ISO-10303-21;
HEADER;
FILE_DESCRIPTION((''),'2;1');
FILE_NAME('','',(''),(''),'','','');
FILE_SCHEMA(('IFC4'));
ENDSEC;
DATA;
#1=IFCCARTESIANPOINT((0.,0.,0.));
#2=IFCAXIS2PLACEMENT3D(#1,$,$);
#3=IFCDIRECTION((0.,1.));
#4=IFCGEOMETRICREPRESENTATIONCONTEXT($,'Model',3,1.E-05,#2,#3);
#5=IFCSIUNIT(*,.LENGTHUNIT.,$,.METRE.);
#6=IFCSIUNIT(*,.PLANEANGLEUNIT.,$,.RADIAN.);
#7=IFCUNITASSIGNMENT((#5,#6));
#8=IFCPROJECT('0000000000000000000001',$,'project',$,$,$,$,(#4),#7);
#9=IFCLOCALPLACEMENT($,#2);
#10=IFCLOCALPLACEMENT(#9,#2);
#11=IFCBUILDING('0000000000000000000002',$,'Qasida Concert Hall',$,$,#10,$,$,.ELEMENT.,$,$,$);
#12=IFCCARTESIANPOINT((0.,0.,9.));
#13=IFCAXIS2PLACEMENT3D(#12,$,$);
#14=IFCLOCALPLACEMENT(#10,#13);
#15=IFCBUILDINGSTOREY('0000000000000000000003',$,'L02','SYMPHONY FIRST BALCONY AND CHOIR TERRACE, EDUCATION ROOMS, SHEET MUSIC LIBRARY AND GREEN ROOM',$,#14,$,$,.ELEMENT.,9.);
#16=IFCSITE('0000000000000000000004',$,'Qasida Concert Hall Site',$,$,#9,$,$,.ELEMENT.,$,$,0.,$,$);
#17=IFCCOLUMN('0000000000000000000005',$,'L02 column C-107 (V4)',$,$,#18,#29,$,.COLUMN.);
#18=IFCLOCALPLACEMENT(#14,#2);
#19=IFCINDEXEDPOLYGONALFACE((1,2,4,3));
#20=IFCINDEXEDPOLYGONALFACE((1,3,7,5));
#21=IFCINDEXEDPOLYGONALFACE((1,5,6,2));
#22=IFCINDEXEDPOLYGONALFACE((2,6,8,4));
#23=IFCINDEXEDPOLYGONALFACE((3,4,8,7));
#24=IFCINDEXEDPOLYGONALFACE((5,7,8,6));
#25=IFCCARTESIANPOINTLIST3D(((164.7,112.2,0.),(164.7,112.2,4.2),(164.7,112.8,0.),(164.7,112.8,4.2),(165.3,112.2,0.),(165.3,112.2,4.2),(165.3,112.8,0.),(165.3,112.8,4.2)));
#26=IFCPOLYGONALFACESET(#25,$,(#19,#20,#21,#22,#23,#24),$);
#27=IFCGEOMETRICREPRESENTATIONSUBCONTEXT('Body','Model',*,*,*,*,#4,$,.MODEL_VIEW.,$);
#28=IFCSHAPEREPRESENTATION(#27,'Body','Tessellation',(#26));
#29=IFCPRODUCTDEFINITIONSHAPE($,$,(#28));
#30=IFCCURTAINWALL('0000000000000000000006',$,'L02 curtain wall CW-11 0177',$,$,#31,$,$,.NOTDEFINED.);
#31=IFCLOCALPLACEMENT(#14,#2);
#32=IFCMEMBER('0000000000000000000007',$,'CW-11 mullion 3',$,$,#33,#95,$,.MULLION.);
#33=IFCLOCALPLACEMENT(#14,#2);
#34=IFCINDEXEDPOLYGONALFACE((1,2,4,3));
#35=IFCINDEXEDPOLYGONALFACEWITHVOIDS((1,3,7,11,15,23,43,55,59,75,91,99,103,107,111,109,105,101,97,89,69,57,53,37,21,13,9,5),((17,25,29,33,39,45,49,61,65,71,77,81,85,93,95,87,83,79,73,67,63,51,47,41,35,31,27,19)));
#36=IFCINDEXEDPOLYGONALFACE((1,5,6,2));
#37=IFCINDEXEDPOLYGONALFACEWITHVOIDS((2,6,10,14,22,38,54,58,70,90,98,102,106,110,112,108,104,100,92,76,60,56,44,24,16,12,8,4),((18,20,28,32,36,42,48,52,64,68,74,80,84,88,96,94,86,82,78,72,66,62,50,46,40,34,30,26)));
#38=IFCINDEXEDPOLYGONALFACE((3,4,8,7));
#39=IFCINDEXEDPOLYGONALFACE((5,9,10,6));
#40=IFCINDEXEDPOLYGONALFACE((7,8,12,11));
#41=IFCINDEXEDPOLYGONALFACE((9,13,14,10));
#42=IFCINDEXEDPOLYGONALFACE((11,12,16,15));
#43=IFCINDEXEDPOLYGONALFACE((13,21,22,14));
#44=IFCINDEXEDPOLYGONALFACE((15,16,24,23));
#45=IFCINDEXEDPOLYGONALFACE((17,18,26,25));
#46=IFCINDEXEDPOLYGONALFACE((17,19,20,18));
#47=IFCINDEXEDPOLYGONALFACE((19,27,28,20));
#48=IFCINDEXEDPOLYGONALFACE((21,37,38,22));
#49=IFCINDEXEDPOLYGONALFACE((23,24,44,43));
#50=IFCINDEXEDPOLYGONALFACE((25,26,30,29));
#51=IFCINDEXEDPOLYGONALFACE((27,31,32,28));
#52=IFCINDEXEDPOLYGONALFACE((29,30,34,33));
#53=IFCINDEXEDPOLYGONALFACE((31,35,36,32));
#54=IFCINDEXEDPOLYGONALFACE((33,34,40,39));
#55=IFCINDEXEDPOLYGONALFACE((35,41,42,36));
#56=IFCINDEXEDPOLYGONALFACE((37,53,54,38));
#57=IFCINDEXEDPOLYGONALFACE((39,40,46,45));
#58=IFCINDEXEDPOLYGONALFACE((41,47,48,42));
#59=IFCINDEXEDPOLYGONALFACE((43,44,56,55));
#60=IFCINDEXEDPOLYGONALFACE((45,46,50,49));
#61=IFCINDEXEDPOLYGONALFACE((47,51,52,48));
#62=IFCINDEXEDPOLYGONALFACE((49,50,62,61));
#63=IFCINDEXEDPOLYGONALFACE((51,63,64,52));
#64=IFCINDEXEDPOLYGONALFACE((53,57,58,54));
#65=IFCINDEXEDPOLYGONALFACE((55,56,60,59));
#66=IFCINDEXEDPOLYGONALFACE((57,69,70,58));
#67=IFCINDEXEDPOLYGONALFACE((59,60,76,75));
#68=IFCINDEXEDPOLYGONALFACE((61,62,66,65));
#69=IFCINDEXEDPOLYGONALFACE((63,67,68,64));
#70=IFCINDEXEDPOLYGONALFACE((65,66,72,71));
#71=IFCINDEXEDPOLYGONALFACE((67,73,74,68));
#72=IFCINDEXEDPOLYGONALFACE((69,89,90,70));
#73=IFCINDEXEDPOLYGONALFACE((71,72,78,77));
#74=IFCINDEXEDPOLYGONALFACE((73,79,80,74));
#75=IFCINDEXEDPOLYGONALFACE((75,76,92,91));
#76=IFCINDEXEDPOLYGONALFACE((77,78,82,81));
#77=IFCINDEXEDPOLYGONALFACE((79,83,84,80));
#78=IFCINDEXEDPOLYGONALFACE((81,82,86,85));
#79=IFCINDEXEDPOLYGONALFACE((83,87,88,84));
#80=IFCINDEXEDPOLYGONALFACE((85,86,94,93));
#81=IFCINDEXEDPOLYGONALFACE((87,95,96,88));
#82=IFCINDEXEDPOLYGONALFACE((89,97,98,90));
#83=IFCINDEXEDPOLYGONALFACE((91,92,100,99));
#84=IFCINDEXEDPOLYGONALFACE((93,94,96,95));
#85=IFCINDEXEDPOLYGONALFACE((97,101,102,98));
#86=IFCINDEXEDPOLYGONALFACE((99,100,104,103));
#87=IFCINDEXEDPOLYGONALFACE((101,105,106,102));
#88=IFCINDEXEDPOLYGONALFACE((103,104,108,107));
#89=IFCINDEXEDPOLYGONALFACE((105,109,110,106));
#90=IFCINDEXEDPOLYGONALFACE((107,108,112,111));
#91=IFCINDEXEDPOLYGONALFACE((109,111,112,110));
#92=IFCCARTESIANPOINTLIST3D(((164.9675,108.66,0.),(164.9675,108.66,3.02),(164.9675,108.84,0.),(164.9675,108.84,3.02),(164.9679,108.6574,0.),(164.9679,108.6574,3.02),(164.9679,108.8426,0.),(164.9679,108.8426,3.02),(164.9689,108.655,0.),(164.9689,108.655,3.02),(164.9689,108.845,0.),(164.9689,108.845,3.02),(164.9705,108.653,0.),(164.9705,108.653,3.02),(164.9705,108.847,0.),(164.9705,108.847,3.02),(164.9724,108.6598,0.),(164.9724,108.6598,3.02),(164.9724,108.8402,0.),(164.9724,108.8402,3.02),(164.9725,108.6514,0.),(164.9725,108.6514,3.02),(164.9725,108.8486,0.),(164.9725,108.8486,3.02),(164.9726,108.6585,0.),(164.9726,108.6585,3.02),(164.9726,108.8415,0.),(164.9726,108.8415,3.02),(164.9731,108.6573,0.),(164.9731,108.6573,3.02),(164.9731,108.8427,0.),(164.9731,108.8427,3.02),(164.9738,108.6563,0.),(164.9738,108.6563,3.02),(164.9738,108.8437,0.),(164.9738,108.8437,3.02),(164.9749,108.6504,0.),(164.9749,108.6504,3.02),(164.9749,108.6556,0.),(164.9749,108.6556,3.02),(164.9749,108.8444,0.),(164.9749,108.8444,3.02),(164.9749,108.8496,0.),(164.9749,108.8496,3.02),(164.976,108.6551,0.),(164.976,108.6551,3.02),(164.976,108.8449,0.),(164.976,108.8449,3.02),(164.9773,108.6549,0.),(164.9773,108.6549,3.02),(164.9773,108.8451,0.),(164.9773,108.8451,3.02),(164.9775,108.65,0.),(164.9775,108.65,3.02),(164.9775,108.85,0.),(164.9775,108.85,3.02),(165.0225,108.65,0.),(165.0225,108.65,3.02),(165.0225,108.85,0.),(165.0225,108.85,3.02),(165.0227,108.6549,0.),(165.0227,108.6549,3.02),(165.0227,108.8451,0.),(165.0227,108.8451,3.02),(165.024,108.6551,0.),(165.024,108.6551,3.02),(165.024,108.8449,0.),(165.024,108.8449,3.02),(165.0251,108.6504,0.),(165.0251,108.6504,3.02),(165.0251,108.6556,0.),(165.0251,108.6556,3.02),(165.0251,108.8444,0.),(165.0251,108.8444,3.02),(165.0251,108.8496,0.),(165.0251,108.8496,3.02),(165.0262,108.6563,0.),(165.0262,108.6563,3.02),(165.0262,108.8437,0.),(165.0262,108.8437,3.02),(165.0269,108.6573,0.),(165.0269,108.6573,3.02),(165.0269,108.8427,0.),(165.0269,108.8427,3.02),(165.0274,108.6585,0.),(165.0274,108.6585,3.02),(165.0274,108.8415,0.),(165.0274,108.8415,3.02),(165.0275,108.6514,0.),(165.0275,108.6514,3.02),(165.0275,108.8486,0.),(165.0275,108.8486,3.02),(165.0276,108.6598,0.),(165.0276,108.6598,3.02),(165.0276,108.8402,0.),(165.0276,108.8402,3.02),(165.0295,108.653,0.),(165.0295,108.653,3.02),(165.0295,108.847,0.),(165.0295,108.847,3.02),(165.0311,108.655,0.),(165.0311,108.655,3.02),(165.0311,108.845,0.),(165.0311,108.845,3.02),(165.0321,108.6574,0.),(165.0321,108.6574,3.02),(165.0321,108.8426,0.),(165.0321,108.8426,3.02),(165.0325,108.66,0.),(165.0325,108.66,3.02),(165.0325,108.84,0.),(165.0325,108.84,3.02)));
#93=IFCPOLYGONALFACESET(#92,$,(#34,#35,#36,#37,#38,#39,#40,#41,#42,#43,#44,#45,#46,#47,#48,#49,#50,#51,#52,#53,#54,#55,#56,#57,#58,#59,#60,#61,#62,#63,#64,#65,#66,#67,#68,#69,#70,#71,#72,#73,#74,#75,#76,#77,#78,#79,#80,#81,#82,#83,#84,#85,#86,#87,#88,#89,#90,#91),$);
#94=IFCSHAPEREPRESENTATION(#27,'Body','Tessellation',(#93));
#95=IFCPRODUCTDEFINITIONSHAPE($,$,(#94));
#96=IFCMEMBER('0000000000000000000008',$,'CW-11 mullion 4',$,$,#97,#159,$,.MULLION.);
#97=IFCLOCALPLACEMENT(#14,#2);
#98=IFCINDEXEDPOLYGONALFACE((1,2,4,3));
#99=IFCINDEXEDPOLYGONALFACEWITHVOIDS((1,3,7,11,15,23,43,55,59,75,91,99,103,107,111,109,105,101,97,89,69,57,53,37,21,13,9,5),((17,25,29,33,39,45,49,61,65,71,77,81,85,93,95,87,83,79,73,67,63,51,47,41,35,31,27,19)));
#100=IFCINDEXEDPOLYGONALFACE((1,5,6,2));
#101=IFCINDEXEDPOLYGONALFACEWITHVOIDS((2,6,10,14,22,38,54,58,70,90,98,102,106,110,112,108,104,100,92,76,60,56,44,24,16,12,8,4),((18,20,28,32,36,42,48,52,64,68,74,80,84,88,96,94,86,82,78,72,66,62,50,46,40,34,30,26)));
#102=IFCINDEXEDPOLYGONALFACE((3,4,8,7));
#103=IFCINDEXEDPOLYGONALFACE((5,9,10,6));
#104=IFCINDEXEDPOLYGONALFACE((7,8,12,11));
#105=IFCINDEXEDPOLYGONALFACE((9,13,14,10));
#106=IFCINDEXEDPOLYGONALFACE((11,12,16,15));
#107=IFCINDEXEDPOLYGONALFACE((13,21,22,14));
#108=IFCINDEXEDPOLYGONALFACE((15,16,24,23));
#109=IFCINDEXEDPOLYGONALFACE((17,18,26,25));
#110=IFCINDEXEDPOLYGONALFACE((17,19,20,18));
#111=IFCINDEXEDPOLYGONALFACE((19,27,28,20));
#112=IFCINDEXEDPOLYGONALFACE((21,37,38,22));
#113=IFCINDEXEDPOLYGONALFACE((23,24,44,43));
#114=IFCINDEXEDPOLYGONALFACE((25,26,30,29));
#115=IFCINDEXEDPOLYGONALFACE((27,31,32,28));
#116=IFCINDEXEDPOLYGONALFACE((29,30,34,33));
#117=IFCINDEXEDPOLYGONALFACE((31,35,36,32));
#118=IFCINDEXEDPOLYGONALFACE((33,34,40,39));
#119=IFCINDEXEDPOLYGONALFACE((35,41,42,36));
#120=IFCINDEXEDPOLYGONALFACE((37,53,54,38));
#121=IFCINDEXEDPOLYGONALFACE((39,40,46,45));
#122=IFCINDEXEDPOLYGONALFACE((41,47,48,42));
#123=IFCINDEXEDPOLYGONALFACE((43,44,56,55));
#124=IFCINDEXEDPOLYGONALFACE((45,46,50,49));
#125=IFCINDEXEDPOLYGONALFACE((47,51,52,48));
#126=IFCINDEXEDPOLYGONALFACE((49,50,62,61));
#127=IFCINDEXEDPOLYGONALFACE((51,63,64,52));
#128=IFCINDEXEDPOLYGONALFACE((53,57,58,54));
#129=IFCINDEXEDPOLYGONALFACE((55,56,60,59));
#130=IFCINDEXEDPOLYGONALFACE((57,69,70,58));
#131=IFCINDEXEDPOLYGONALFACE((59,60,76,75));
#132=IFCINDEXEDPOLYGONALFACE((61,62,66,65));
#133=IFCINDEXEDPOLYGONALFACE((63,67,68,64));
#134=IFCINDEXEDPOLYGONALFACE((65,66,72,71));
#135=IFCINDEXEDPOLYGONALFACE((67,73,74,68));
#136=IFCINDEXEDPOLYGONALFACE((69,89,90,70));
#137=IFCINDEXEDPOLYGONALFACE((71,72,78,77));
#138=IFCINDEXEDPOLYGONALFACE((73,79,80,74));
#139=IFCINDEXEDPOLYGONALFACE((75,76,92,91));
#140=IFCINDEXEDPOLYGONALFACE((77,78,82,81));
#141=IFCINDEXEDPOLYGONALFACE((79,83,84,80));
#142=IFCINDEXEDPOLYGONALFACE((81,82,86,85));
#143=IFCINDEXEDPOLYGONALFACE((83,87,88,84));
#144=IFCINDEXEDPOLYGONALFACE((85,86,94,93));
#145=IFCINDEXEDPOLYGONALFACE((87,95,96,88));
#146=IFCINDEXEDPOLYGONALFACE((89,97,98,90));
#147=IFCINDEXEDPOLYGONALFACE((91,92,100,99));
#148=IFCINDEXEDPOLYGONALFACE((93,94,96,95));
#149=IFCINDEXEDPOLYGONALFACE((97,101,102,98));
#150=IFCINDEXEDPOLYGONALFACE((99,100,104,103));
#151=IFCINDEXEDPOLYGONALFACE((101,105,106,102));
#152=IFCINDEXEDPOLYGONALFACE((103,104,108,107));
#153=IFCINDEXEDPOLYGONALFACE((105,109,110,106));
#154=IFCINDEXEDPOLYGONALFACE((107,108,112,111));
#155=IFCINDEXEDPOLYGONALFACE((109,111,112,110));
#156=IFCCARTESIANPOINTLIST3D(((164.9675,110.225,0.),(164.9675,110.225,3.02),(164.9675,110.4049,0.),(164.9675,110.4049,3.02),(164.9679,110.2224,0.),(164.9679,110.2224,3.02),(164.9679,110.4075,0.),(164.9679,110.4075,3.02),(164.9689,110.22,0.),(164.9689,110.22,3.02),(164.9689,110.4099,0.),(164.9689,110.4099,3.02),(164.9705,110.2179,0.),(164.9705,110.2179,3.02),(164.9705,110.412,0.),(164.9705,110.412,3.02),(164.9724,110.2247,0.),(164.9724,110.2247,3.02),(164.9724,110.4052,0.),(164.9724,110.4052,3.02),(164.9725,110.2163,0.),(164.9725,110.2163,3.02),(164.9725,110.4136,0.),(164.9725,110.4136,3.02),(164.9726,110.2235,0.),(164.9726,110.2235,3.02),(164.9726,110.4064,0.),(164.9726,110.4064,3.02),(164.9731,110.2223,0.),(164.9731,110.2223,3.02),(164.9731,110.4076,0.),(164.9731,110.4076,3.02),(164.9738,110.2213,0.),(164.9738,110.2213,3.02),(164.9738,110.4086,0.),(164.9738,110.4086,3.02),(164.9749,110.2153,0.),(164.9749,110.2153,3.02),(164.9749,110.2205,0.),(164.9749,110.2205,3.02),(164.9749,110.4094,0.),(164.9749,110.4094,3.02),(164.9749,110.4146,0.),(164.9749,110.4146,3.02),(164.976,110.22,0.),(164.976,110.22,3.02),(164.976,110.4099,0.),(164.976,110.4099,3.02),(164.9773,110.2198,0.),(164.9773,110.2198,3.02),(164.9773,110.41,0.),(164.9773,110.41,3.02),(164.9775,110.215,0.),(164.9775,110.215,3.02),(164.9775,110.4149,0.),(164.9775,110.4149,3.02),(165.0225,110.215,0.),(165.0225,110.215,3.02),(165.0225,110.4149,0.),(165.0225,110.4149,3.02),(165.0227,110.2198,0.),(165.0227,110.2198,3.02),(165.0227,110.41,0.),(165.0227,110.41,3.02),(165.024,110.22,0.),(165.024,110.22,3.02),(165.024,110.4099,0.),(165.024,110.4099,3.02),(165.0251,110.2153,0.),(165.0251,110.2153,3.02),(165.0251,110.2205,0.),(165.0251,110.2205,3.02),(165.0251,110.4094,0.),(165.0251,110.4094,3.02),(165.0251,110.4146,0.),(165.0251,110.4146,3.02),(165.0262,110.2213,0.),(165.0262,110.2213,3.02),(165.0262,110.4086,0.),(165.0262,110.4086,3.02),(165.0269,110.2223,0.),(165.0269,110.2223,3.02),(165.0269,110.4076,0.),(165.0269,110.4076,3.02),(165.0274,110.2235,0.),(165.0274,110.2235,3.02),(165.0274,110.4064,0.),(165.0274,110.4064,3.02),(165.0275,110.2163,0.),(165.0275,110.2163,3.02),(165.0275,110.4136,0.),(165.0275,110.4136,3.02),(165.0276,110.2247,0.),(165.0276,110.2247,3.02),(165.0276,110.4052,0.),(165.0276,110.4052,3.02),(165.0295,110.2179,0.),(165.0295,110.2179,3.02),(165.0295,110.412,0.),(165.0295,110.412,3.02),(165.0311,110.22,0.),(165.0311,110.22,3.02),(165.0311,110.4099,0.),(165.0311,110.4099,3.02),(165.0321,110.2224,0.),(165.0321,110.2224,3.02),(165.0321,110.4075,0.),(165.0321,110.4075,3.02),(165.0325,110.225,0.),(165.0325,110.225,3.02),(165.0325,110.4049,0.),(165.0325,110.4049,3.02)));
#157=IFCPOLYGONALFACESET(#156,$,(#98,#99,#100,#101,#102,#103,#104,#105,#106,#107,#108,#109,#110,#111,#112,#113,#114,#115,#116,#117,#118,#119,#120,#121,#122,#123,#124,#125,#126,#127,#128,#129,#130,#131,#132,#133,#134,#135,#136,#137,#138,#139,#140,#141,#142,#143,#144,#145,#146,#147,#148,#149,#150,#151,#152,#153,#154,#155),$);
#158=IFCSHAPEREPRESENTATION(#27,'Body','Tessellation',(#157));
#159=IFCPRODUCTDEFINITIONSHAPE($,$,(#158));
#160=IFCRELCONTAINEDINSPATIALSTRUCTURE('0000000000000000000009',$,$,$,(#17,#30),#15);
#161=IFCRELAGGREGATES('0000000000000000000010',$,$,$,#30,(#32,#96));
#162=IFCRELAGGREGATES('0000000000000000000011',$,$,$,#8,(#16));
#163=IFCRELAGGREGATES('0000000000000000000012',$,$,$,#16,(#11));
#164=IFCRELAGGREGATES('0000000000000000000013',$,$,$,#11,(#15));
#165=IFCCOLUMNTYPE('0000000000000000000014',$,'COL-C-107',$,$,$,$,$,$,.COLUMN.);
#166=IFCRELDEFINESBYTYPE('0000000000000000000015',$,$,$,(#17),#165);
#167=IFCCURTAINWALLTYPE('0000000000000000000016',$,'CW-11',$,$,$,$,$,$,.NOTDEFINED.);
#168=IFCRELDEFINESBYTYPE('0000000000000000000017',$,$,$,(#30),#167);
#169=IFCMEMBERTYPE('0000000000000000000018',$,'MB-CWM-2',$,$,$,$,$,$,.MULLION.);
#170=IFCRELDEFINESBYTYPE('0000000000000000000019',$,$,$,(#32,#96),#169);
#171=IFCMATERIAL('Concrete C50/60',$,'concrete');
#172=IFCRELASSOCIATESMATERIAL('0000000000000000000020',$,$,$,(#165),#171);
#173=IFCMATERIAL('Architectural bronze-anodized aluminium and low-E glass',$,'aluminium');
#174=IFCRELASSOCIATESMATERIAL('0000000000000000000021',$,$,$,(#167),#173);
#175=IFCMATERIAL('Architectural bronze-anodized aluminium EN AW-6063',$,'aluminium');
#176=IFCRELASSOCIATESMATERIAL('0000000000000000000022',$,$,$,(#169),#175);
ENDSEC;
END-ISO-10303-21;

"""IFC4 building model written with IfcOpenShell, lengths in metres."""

from ifc_helpers import new_model, si_unit, direction, frame, origin, origin_2d, place, context, subcontext, project, spatial, rectangle, hollow_rectangle, extrude, material, material_profile, profile_set, type_object, element, aggregate, save


model = new_model("IFC4")

# Units and contexts
model_context = context("Model", 3, precision=1e-05, world=origin(), true_north=direction((0.0, 1.0)))
body_context = subcontext(model_context, "Body", "Model", "MODEL_VIEW")
ifc_project = project(units=[si_unit("LENGTHUNIT", "METRE"), si_unit("PLANEANGLEUNIT", "RADIAN")], contexts=[model_context])

# Site, building, storey
site_placement = place(None, origin())
site = spatial("IfcSite", under=ifc_project, at=site_placement, Name="Qasida Concert Hall Site", CompositionType="ELEMENT", RefElevation=0.0)
building_placement = place(site_placement, origin())
building = spatial("IfcBuilding", under=site, at=building_placement, Name="Qasida Concert Hall", CompositionType="ELEMENT")
storey_placement = place(building_placement, frame((0.0, 0.0, 9.0)))
storey = spatial("IfcBuildingStorey", under=building, at=storey_placement, Name="L02", Description="SYMPHONY FIRST BALCONY AND CHOIR TERRACE, EDUCATION ROOMS, SHEET MUSIC LIBRARY AND GREEN ROOM", CompositionType="ELEMENT", Elevation=9.0)

# Column
ifc_material_1 = material(Name="Concrete C50/60", Category="concrete")
ifc_material_profile_1 = material_profile(ifc_material_1, rectangle(XDim=0.6001, YDim=0.6001, at=origin_2d()), Name="RC 600x600")
ifc_profile_set_1 = profile_set([ifc_material_profile_1], Name="Concrete C50/60")
column_type = type_object("IfcColumnType", Name="COL-C-107", PredefinedType="COLUMN", material=ifc_profile_set_1)
column_placement = place(storey_placement, frame((165.0, 112.5, 0.0), z_axis=(0.0, 0.0, 1.0), x_axis=(1.0, 0.0, 0.0)))
element("IfcColumn", 1, at=column_placement, inside=storey, type_object=column_type, Name="L02 column C-107 (V4)", PredefinedType="COLUMN", context=body_context, shape_type="SweptSolid", body=[
    extrude(rectangle(XDim=0.6001, YDim=0.6001, at=origin_2d()), origin(), (0.0, 0.0, 1.0), 4.2),
])

# Curtain wall, members
ifc_material_2 = material(Name="Architectural bronze-anodized aluminium and low-E glass", Category="aluminium")
curtain_wall_type = type_object("IfcCurtainWallType", Name="CW-11", PredefinedType="NOTDEFINED", material=ifc_material_2)
curtain_wall_placement = place(storey_placement, origin())
curtain_wall = element("IfcCurtainWall", 2, at=curtain_wall_placement, inside=storey, type_object=curtain_wall_type, Name="L02 curtain wall CW-11 0177", PredefinedType="NOTDEFINED")
ifc_material_3 = material(Name="Architectural bronze-anodized aluminium EN AW-6063", Category="aluminium")
ifc_material_profile_2 = material_profile(ifc_material_3, hollow_rectangle(XDim=0.0649, YDim=0.2, WallThickness=0.0049, InnerFilletRadius=0.0049, OuterFilletRadius=0.01, at=origin_2d()), Name="CWM 200x65x5")
ifc_profile_set_2 = profile_set([ifc_material_profile_2], Name="Architectural bronze-anodized aluminium EN AW-6063")
member_type_1 = type_object("IfcMemberType", Name="MB-CWM-2", PredefinedType="MULLION", material=ifc_profile_set_2)
member_1_placement = place(storey_placement, frame((165.0, 108.75, 0.0), z_axis=(0.0, 0.0, 1.0), x_axis=(-1.0, 0.0, 0.0)))
member_1 = element("IfcMember", 3, at=member_1_placement, type_object=member_type_1, Name="CW-11 mullion 3", PredefinedType="MULLION", context=body_context, shape_type="SweptSolid", body=[
    extrude(hollow_rectangle(XDim=0.0649, YDim=0.2, WallThickness=0.0049, InnerFilletRadius=0.0049, OuterFilletRadius=0.01, at=origin_2d()), origin(), (0.0, 0.0, 1.0), 3.02),
])
member_2_placement = place(storey_placement, frame((165.0, 110.3149, 0.0), z_axis=(0.0, 0.0, 1.0), x_axis=(-1.0, 0.0, 0.0)))
member_2 = element("IfcMember", 4, at=member_2_placement, type_object=member_type_1, Name="CW-11 mullion 4", PredefinedType="MULLION", context=body_context, shape_type="SweptSolid", body=[
    extrude(hollow_rectangle(XDim=0.0649, YDim=0.2, WallThickness=0.0049, InnerFilletRadius=0.0049, OuterFilletRadius=0.01, at=origin_2d()), origin(), (0.0, 0.0, 1.0), 3.02),
])
aggregate(curtain_wall, [member_1, member_2])

save(model, "model.ifc")
